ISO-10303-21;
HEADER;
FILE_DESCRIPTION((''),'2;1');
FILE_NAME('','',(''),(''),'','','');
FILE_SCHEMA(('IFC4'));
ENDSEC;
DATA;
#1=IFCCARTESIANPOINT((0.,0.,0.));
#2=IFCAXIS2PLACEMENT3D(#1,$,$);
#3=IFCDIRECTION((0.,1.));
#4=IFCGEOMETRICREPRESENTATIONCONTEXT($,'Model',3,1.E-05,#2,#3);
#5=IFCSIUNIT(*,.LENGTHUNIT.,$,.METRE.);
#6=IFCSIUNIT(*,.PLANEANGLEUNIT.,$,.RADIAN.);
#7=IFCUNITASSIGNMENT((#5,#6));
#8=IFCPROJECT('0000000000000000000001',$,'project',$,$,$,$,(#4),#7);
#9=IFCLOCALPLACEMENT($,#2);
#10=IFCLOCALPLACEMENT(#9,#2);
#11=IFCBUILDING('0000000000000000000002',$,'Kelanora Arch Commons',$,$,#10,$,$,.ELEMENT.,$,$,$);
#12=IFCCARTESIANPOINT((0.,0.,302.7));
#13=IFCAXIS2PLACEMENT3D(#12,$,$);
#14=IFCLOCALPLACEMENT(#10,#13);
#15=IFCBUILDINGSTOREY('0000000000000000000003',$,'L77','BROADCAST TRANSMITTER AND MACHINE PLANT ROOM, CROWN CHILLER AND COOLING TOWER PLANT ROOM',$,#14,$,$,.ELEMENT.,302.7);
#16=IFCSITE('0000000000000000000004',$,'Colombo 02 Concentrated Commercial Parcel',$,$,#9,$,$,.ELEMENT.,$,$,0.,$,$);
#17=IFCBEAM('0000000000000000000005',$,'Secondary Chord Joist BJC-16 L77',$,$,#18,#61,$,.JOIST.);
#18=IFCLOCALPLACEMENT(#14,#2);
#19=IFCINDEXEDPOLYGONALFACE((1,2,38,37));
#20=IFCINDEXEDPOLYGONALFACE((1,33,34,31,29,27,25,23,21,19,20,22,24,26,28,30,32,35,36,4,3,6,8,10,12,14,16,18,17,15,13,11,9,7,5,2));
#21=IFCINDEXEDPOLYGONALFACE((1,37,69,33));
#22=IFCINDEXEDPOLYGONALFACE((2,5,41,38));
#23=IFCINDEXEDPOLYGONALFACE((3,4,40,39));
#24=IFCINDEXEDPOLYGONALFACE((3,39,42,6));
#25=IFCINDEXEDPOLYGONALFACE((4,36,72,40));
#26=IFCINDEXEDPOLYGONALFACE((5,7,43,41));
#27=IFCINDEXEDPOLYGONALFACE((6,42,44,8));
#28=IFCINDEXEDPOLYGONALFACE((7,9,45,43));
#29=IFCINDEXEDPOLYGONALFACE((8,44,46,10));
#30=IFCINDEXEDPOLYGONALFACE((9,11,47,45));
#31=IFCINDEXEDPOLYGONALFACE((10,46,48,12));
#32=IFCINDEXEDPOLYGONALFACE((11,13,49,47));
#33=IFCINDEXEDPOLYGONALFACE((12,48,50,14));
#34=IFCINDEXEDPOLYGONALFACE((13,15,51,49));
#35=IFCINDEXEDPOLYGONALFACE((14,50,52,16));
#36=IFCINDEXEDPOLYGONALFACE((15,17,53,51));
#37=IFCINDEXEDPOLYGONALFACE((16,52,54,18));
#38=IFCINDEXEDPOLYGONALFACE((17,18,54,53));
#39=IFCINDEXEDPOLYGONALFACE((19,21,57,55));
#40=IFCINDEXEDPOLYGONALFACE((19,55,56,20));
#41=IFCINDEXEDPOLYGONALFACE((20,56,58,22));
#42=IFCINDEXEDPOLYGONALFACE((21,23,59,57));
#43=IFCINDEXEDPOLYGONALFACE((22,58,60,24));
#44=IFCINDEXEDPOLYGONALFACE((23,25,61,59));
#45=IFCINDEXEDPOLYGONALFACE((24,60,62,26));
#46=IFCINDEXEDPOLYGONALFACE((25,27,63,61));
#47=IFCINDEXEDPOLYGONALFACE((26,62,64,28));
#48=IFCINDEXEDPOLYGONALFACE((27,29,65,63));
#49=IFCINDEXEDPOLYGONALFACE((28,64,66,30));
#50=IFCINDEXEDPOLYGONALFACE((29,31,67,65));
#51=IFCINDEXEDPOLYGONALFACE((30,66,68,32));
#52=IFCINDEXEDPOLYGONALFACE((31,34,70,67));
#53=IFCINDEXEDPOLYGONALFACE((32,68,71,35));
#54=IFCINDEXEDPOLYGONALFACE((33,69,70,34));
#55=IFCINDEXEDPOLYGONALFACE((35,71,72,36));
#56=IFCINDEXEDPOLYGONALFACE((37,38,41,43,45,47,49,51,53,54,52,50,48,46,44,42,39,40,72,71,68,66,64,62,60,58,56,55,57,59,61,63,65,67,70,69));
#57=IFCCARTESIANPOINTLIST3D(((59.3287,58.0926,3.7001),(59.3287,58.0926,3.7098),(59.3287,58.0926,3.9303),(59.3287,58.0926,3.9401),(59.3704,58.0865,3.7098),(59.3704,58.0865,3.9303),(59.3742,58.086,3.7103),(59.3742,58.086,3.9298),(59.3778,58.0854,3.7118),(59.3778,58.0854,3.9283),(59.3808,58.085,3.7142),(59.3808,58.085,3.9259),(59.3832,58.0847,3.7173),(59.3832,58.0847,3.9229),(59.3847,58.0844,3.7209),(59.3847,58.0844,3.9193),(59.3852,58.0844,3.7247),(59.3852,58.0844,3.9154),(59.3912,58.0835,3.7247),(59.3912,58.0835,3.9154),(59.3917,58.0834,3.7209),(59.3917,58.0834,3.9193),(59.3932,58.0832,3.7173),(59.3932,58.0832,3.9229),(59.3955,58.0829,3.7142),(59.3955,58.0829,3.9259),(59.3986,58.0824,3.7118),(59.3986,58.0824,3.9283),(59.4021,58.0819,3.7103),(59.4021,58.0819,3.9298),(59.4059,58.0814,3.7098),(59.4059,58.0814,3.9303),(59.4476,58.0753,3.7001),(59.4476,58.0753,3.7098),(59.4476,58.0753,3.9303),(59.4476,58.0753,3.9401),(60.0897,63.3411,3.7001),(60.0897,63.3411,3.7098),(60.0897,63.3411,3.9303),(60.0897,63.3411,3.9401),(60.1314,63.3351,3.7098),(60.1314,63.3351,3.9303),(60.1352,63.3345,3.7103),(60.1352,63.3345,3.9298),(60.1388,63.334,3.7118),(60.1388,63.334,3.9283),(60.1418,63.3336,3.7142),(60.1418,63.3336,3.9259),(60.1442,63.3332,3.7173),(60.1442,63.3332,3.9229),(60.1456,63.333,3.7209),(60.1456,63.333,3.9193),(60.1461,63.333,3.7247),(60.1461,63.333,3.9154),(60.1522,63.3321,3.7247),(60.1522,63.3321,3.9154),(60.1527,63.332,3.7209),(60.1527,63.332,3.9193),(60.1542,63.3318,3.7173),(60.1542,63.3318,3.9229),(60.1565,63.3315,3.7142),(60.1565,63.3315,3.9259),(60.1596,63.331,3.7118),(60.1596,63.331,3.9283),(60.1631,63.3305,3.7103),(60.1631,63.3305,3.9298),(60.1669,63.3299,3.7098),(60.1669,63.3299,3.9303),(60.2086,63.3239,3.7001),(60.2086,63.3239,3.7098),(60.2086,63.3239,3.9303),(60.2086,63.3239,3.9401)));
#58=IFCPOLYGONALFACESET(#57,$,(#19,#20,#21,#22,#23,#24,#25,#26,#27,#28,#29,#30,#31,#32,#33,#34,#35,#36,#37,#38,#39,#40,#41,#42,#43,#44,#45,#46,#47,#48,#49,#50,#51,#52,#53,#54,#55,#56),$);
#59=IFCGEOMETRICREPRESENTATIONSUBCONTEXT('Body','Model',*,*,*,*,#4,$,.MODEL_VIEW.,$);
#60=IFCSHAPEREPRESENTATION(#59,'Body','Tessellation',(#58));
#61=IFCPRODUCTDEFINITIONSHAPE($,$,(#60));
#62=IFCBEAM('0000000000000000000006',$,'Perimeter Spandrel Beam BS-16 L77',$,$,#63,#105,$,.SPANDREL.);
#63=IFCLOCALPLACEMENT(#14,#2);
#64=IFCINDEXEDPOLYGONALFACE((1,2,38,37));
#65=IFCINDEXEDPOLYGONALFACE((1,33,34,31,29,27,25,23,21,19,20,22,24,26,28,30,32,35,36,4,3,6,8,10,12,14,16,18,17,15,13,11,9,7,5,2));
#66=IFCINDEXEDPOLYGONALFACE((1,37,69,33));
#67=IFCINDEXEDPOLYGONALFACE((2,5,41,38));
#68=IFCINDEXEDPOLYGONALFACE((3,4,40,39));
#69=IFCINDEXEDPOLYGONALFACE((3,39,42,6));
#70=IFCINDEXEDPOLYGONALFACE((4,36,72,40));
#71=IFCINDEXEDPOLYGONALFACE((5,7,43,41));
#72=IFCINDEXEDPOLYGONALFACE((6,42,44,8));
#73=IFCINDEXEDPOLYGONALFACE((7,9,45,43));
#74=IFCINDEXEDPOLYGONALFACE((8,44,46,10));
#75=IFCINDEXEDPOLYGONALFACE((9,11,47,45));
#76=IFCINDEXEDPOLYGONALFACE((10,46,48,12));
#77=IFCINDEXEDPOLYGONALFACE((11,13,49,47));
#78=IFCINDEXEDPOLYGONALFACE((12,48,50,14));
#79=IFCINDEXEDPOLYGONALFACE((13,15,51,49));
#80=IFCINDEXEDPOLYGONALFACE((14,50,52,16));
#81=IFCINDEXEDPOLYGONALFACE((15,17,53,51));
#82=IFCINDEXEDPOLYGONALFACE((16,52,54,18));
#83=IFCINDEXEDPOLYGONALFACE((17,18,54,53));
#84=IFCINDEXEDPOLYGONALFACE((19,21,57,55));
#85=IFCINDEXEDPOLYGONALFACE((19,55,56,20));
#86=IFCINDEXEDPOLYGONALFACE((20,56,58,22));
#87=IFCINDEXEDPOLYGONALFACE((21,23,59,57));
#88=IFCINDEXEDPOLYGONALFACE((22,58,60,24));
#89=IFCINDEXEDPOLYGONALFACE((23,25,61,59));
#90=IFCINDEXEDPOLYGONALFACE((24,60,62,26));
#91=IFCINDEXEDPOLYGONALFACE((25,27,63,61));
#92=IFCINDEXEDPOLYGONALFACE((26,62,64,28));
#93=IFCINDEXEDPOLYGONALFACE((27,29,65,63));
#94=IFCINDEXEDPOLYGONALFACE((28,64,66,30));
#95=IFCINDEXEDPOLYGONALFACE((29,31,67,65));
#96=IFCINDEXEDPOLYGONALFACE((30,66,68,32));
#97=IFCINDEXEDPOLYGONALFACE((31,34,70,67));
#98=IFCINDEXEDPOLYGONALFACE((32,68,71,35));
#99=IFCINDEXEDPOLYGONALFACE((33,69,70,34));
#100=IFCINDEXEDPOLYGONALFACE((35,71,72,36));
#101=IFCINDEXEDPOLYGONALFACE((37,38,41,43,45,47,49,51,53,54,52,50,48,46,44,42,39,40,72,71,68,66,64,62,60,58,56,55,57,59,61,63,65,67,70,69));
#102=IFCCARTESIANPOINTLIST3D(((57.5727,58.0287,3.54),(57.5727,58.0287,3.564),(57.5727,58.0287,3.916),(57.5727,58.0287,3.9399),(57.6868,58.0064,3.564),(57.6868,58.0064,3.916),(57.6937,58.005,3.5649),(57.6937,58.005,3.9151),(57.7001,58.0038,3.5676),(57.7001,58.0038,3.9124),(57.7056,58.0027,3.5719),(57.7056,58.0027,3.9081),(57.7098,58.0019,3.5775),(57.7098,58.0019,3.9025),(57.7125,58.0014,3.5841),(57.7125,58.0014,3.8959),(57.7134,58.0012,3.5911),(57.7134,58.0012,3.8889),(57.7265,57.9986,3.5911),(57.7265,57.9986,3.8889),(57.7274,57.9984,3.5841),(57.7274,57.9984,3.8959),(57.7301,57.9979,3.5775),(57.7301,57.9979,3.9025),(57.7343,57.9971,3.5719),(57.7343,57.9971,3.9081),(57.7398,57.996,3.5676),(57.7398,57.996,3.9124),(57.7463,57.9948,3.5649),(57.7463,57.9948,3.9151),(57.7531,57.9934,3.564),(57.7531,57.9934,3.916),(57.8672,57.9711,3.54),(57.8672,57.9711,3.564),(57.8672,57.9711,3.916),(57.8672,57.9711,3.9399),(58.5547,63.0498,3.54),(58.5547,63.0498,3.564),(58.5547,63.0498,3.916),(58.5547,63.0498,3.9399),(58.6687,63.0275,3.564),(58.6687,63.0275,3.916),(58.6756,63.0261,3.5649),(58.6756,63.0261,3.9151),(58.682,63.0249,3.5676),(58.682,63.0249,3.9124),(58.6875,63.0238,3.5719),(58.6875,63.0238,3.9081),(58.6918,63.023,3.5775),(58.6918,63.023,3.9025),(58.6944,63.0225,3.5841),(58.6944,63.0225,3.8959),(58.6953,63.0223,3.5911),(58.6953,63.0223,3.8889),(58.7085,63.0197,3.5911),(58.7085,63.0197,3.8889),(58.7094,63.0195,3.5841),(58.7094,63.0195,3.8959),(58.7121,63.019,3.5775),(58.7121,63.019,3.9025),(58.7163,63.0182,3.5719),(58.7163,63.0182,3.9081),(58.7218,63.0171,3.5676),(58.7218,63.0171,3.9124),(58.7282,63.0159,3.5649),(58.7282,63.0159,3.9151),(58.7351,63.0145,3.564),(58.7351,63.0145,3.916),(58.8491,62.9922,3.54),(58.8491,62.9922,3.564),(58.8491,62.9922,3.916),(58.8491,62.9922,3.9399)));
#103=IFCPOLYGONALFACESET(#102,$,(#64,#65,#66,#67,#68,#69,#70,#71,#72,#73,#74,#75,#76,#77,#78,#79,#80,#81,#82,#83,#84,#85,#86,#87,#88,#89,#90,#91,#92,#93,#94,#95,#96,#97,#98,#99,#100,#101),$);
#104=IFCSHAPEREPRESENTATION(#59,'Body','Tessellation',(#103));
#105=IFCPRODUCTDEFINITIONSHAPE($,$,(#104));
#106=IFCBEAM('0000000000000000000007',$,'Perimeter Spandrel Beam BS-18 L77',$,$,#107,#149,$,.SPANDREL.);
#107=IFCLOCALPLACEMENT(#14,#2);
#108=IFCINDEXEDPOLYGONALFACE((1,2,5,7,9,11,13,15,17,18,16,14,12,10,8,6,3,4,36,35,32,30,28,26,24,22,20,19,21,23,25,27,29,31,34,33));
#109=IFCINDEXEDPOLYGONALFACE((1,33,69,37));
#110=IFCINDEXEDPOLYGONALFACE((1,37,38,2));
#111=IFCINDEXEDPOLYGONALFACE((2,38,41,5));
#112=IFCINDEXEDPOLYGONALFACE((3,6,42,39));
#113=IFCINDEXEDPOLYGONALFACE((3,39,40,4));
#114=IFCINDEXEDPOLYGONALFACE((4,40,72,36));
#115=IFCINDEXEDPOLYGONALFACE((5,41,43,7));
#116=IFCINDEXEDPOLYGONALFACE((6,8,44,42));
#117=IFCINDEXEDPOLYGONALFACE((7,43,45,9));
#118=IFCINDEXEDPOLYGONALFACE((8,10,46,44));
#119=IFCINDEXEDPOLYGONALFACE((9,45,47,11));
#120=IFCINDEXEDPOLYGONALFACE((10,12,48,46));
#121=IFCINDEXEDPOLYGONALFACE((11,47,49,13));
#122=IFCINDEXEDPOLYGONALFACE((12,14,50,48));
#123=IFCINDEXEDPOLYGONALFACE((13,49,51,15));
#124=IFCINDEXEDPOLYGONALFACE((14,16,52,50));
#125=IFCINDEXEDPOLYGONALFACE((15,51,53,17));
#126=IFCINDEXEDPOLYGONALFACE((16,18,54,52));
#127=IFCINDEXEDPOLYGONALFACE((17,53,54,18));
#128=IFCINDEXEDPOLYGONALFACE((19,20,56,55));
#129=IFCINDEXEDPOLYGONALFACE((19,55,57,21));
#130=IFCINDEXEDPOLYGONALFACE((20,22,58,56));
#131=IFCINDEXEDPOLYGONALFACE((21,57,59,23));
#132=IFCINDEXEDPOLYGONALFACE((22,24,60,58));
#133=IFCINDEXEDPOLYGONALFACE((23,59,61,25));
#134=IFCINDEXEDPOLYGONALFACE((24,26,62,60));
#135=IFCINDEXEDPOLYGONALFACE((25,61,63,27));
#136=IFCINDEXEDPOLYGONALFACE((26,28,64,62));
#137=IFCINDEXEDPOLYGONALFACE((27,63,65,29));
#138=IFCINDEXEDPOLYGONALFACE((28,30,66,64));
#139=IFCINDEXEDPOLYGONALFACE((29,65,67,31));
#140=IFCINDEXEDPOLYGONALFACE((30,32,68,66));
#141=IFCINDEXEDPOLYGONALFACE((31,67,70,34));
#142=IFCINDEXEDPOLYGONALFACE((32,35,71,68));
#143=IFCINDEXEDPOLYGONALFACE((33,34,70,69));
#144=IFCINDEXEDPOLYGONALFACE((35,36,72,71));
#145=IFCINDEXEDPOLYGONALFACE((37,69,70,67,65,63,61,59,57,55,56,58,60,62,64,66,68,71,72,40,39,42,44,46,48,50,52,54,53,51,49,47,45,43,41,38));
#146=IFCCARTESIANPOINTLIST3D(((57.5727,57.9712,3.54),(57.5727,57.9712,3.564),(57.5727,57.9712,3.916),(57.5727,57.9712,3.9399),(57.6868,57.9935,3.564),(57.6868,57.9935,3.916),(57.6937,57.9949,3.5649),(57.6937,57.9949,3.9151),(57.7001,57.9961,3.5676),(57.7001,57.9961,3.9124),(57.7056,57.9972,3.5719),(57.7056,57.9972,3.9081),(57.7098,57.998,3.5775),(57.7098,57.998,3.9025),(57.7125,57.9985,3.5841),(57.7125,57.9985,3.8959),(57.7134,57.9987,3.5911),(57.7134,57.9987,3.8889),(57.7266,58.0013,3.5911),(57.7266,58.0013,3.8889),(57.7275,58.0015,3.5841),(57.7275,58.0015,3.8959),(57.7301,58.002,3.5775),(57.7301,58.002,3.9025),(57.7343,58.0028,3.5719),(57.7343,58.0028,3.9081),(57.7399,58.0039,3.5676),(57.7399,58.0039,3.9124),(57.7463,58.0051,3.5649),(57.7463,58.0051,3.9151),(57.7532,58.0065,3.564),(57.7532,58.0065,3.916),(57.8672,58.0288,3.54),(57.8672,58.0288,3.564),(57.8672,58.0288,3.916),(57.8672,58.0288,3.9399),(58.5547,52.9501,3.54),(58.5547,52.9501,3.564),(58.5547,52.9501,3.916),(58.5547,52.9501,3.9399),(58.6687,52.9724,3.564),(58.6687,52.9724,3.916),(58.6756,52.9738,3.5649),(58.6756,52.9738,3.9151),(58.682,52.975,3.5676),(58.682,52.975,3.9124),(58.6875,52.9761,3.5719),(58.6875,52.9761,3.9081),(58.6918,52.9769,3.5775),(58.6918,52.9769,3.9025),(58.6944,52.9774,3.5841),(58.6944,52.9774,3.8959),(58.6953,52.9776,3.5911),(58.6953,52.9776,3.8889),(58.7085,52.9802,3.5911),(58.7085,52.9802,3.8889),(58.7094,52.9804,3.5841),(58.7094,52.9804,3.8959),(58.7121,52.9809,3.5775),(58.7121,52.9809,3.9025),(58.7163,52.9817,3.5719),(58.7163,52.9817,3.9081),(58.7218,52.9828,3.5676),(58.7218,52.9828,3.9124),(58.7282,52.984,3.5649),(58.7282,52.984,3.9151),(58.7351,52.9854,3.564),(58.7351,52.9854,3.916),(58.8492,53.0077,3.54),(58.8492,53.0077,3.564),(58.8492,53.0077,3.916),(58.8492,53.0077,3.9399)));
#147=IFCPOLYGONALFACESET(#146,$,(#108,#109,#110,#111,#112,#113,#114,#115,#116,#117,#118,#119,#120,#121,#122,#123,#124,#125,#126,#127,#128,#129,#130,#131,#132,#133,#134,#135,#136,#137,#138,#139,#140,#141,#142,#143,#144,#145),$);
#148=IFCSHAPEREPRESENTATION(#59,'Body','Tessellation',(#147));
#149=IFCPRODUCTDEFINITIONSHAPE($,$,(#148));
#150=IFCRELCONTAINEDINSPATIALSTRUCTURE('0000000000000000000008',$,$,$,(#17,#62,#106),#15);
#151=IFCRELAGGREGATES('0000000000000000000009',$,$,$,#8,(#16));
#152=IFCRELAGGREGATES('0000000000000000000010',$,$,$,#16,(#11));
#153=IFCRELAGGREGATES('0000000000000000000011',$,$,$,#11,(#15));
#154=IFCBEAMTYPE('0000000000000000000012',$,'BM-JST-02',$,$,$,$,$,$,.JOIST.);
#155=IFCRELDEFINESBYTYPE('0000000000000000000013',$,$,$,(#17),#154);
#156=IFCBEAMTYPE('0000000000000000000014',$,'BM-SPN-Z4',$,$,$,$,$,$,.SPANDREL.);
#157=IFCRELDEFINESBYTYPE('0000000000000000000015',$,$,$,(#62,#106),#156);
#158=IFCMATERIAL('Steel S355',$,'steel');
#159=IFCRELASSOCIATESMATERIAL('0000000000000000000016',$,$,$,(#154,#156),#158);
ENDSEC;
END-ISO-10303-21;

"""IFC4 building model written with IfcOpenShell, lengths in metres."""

from ifc_helpers import new_model, si_unit, direction, frame, origin, origin_2d, place, context, subcontext, project, spatial, i_section, extrude, material, material_profile, profile_set, type_object, element, save


model = new_model("IFC4")

# Units and contexts
model_context = context("Model", 3, precision=1e-05, world=origin(), true_north=direction((0.0, 1.0)))
body_context = subcontext(model_context, "Body", "Model", "MODEL_VIEW")
ifc_project = project(units=[si_unit("LENGTHUNIT", "METRE"), si_unit("PLANEANGLEUNIT", "RADIAN")], contexts=[model_context])

# Site, building, storey
site_placement = place(None, origin())
site = spatial("IfcSite", under=ifc_project, at=site_placement, Name="Colombo 02 Concentrated Commercial Parcel", CompositionType="ELEMENT", RefElevation=0.0)
building_placement = place(site_placement, origin())
building = spatial("IfcBuilding", under=site, at=building_placement, Name="Kelanora Arch Commons", CompositionType="ELEMENT")
storey_placement = place(building_placement, frame((0.0, 0.0, 302.7)))
storey = spatial("IfcBuildingStorey", under=building, at=storey_placement, Name="L77", Description="BROADCAST TRANSMITTER AND MACHINE PLANT ROOM, CROWN CHILLER AND COOLING TOWER PLANT ROOM", CompositionType="ELEMENT", Elevation=302.7)

# Beams
ifc_material_1 = material(Name="Steel S355", Category="steel")
ifc_material_profile_1 = material_profile(ifc_material_1, i_section(OverallWidth=0.1201, OverallDepth=0.24, WebThickness=0.0061, FlangeThickness=0.0098, FilletRadius=0.0149, at=origin_2d()), Name="IPE240")
ifc_profile_set_1 = profile_set([ifc_material_profile_1], Name="Steel S355")
beam_type_1 = type_object("IfcBeamType", Name="BM-JST-02", PredefinedType="JOIST", material=ifc_profile_set_1)
beam_1_placement = place(storey_placement, frame((60.1492, 63.3325, 3.8201), z_axis=(-0.14349, -0.989652, 0.0), x_axis=(0.989652, -0.14349, 0.0)))
element("IfcBeam", 1, at=beam_1_placement, inside=storey, type_object=beam_type_1, Name="Secondary Chord Joist BJC-16 L77", PredefinedType="JOIST", context=body_context, shape_type="SweptSolid", body=[
    extrude(i_section(OverallWidth=0.1201, OverallDepth=0.24, WebThickness=0.0061, FlangeThickness=0.0098, FilletRadius=0.0149, at=origin_2d()), origin(), (0.0, 0.0, 1.0), 5.3035),
])
ifc_material_profile_2 = material_profile(ifc_material_1, i_section(OverallWidth=0.3, OverallDepth=0.3999, WebThickness=0.0134, FlangeThickness=0.0239, FilletRadius=0.0271, at=origin_2d()), Name="HEB400")
ifc_profile_set_2 = profile_set([ifc_material_profile_2], Name="Steel S355")
beam_type_2 = type_object("IfcBeamType", Name="BM-SPN-Z4", PredefinedType="SPANDREL", material=ifc_profile_set_2)
for number, where, z_axis, x_axis, name in (
    (2, (58.7019, 63.021, 3.74), (-0.19193, -0.981409, 0.0), (0.981409, -0.19193, 0.0), "Perimeter Spandrel Beam BS-16 L77"),
    (3, (57.72, 58.0, 3.74), (0.19193, -0.981409, 0.0), (0.981409, 0.19193, 0.0), "Perimeter Spandrel Beam BS-18 L77"),
):
    element("IfcBeam", number, at=place(storey_placement, frame(where, z_axis=z_axis, x_axis=x_axis)), inside=storey, type_object=beam_type_2, Name=name, PredefinedType="SPANDREL", context=body_context, shape_type="SweptSolid", body=[
        extrude(i_section(OverallWidth=0.3, OverallDepth=0.3999, WebThickness=0.0134, FlangeThickness=0.0239, FilletRadius=0.0271, at=origin_2d()), origin(), (0.0, 0.0, 1.0), 5.1162),
    ])

save(model, "model.ifc")
